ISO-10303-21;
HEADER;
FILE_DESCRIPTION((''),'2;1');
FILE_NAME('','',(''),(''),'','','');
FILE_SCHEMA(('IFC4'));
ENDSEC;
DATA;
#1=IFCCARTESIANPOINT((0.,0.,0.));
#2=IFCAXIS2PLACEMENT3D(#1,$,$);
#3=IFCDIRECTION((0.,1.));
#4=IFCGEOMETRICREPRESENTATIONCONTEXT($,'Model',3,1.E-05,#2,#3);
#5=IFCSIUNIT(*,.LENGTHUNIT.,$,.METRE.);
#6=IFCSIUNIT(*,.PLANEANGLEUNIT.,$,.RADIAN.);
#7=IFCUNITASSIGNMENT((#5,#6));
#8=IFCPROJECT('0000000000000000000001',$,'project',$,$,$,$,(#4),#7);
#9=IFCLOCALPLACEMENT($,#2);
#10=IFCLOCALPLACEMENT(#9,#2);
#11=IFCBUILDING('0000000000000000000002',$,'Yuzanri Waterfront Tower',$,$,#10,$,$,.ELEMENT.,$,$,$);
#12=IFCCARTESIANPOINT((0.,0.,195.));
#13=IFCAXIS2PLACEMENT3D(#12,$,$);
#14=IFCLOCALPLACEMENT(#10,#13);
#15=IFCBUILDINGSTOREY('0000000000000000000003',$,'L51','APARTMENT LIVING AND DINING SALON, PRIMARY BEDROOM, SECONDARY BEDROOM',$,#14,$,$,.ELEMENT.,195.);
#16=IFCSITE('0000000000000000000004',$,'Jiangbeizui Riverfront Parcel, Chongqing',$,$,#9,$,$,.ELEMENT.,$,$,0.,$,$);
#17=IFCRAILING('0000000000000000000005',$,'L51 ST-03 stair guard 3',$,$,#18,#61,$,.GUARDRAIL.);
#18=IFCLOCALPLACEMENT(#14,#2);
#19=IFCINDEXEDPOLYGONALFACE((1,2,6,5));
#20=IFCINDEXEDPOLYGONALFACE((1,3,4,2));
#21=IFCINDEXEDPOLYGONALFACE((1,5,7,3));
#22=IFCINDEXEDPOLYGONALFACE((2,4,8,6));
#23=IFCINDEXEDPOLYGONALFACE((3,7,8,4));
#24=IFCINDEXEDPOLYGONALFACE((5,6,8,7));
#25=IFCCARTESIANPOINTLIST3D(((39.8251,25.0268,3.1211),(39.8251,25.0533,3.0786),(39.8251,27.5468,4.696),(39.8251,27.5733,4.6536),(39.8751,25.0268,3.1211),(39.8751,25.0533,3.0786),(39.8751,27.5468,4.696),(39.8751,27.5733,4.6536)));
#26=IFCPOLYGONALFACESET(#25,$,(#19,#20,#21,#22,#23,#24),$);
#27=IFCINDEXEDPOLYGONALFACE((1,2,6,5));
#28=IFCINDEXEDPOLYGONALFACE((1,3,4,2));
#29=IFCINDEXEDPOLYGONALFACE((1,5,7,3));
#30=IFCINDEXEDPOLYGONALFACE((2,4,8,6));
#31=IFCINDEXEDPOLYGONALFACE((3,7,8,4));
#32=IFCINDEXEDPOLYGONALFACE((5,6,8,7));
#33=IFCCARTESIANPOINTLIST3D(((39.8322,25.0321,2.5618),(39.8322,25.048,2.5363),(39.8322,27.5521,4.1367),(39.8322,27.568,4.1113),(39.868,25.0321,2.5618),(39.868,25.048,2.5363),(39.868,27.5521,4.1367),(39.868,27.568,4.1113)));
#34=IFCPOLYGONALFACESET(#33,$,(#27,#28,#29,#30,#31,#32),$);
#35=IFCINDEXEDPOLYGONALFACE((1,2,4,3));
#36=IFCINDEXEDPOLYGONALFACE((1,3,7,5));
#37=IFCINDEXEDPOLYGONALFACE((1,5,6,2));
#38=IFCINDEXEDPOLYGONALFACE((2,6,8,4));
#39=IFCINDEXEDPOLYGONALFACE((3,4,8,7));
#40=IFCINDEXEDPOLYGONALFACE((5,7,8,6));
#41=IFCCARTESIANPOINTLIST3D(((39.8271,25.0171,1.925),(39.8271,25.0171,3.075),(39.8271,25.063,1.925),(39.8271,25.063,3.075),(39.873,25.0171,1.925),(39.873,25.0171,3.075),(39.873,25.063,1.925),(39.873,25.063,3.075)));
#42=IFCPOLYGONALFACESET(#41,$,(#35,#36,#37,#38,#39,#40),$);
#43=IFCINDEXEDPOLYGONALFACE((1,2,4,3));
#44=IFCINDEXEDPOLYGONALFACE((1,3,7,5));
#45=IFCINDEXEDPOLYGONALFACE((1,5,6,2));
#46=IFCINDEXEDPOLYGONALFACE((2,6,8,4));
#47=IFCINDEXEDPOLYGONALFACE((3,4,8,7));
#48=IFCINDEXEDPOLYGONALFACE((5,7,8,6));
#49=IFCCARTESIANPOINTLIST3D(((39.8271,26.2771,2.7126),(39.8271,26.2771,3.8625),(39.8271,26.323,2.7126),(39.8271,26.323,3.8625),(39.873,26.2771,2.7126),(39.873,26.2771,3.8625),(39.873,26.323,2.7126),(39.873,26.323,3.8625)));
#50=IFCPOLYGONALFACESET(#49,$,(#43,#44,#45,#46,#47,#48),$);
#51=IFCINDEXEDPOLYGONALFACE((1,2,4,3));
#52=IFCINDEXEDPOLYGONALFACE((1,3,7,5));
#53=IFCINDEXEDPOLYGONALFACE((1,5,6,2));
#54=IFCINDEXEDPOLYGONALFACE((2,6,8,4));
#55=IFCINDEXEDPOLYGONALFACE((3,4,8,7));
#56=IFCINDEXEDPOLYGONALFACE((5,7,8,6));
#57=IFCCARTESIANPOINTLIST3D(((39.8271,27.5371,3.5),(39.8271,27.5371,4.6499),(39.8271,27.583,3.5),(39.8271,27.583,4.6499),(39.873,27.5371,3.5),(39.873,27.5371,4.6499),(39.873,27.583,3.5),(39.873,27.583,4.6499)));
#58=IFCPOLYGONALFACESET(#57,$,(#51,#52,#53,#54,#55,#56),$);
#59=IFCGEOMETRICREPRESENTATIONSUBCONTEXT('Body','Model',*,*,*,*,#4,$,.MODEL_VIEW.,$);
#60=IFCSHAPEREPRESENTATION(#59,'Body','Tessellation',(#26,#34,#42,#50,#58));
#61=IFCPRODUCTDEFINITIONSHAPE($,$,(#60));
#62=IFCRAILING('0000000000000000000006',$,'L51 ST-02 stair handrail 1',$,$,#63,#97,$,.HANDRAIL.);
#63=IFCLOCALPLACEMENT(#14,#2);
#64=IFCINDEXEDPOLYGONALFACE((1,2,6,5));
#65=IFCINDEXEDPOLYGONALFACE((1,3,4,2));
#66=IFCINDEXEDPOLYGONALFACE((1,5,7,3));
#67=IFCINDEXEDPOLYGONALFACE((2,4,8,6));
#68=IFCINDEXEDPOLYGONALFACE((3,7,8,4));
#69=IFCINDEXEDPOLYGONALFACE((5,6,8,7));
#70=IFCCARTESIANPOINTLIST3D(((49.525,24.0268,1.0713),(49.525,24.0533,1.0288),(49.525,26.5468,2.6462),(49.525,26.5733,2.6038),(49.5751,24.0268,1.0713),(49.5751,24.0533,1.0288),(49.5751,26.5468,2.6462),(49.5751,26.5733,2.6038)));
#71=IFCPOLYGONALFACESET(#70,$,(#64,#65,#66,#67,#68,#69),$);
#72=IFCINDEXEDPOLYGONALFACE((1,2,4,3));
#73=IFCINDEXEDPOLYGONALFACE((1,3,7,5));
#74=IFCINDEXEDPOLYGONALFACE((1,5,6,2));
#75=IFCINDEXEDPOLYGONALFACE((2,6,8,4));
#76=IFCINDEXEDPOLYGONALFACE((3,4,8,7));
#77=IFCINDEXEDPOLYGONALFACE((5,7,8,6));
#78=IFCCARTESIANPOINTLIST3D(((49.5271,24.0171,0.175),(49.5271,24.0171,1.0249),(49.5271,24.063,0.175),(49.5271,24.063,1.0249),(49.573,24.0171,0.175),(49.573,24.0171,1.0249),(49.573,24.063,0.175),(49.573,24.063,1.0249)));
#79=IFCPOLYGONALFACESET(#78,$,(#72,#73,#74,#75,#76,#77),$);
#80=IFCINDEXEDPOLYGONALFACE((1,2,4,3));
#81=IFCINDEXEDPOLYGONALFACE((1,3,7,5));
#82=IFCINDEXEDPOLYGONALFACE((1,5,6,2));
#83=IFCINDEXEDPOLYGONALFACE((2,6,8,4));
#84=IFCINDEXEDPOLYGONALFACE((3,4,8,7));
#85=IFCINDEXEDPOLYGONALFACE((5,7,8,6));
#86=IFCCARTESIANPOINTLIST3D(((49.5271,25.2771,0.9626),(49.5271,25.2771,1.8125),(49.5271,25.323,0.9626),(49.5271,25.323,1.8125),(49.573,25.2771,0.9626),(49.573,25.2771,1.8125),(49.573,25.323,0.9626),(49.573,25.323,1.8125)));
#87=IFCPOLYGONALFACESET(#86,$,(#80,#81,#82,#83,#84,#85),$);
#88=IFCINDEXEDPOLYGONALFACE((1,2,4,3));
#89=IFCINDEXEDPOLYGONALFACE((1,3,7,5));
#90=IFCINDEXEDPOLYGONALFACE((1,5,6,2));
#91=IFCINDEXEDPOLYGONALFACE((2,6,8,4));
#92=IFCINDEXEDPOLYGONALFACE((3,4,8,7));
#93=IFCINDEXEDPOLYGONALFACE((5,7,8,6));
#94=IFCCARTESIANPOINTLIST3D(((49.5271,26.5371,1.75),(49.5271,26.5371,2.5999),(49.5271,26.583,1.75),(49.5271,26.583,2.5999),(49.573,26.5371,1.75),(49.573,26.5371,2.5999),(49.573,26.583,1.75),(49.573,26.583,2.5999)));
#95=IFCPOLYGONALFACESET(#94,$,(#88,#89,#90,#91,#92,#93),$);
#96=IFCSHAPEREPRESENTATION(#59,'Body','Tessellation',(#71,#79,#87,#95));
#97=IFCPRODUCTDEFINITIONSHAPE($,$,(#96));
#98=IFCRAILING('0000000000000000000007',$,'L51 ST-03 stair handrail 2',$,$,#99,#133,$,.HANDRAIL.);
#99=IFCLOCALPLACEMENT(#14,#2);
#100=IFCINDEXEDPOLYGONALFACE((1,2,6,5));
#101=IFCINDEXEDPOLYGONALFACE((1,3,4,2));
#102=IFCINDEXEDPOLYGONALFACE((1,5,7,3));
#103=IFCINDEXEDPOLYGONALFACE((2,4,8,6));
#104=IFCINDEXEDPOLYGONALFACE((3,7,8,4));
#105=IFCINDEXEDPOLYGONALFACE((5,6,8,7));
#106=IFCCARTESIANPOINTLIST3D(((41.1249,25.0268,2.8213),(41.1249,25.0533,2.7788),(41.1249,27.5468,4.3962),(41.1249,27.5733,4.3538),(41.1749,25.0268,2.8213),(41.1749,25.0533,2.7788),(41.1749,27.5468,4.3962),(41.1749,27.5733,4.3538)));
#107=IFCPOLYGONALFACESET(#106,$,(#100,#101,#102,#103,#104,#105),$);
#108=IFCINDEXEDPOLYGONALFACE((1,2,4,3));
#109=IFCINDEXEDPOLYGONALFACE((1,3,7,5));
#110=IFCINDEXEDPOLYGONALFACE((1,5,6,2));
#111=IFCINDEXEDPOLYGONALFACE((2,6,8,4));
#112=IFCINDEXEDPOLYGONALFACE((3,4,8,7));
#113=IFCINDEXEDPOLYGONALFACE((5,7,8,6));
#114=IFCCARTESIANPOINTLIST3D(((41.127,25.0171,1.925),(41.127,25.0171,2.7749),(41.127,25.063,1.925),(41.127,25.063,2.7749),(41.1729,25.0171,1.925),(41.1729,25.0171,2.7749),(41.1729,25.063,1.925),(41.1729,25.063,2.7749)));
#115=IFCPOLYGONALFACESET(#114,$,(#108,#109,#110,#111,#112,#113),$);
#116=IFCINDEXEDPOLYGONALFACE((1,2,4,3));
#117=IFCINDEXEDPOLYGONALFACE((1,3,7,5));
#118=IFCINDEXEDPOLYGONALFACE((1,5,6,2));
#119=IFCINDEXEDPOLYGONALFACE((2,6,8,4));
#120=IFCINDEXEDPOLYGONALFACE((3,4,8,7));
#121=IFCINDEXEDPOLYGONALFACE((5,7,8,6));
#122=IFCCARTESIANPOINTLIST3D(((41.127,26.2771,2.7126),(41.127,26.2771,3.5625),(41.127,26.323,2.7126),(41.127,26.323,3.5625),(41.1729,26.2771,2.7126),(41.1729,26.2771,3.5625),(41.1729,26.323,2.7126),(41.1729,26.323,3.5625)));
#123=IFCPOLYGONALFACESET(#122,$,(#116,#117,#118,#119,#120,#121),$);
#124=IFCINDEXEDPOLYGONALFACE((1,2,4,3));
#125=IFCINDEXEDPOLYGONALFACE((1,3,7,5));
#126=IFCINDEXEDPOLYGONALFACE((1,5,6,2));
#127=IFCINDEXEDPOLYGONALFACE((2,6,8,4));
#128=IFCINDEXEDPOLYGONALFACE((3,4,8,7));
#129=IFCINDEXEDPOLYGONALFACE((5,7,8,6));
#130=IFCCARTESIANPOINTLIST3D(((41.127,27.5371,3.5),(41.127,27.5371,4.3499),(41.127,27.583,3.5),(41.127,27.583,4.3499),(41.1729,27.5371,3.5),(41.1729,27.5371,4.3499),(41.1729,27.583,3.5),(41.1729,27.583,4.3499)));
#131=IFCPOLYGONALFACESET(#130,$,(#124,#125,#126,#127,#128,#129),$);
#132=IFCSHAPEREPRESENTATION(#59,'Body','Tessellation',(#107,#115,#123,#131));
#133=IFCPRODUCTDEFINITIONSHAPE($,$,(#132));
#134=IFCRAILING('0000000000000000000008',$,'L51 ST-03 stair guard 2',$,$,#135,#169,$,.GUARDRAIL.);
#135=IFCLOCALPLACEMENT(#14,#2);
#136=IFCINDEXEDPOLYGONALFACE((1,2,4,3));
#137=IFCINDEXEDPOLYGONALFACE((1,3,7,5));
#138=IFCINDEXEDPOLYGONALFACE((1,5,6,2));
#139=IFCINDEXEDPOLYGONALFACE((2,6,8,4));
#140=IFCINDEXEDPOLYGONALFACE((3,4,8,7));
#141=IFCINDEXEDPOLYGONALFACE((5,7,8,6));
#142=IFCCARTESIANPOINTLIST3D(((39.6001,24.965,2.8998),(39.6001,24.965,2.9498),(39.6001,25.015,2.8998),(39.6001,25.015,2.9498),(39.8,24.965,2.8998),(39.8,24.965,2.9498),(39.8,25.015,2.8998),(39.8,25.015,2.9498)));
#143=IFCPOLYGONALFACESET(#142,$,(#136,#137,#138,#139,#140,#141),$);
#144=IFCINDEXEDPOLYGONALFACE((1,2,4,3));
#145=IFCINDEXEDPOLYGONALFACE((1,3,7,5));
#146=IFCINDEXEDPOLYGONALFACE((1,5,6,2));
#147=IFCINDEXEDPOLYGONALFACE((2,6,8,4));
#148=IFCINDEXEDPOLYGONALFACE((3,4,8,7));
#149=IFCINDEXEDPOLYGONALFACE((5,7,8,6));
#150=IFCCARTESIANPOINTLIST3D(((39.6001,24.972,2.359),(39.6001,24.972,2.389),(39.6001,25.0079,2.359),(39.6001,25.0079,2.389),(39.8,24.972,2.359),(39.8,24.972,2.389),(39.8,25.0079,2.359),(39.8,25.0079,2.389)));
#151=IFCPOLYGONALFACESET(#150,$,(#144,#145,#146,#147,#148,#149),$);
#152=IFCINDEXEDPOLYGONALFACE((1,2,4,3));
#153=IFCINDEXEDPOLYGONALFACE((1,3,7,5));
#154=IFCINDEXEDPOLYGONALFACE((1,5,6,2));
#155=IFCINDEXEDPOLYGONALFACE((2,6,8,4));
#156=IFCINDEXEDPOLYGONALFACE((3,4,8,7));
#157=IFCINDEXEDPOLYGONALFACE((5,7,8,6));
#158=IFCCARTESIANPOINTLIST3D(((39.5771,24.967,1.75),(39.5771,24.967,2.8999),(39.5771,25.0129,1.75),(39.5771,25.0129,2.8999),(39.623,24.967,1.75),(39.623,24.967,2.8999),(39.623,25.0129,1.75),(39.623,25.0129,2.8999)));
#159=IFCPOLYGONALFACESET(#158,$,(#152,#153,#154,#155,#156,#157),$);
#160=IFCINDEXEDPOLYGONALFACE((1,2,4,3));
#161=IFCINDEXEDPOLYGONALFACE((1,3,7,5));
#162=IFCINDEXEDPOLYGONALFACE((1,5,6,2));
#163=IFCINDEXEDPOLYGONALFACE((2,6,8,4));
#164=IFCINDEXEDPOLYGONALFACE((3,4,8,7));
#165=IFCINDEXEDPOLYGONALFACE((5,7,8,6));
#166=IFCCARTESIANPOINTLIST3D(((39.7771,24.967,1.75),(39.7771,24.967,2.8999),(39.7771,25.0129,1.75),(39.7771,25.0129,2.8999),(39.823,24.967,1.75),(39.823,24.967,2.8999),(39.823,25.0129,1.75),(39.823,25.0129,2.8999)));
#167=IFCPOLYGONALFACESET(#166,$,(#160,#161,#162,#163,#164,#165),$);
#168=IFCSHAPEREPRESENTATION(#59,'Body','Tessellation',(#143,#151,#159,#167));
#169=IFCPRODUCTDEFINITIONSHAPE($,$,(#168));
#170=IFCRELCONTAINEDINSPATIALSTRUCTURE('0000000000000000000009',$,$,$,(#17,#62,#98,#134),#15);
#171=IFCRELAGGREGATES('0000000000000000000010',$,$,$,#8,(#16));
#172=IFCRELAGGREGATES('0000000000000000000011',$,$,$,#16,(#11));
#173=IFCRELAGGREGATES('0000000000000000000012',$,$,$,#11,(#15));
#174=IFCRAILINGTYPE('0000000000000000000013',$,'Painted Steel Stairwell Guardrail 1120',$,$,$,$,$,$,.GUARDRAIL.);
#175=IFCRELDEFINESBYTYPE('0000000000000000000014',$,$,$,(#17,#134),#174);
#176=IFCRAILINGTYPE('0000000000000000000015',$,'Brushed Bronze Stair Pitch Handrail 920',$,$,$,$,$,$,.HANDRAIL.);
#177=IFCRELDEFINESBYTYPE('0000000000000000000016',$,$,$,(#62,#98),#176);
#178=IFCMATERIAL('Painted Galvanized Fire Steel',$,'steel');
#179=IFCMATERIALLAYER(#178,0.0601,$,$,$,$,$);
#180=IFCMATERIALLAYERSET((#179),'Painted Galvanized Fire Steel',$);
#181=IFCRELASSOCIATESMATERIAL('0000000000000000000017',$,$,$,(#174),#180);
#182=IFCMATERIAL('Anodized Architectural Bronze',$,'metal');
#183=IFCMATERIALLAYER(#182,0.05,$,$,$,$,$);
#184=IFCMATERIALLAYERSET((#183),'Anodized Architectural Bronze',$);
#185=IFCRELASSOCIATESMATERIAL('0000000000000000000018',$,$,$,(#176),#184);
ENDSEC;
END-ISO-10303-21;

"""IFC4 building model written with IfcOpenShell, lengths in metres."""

from ifc_helpers import new_model, si_unit, direction, frame, origin, origin_2d, place, context, subcontext, project, spatial, rectangle, extrude, source, transform, mapped, material, layer, layer_set, type_object, element, save


model = new_model("IFC4")

# Units and contexts
model_context = context("Model", 3, precision=1e-05, world=origin(), true_north=direction((0.0, 1.0)))
body_context = subcontext(model_context, "Body", "Model", "MODEL_VIEW")
ifc_project = project(units=[si_unit("LENGTHUNIT", "METRE"), si_unit("PLANEANGLEUNIT", "RADIAN")], contexts=[model_context])

# Site, building, storey
site_placement = place(None, origin())
site = spatial("IfcSite", under=ifc_project, at=site_placement, Name="Jiangbeizui Riverfront Parcel, Chongqing", CompositionType="ELEMENT", RefElevation=0.0)
building_placement = place(site_placement, origin())
building = spatial("IfcBuilding", under=site, at=building_placement, Name="Yuzanri Waterfront Tower", CompositionType="ELEMENT")
storey_placement = place(building_placement, frame((0.0, 0.0, 195.0)))
storey = spatial("IfcBuildingStorey", under=building, at=storey_placement, Name="L51", Description="APARTMENT LIVING AND DINING SALON, PRIMARY BEDROOM, SECONDARY BEDROOM", CompositionType="ELEMENT", Elevation=195.0)

# Railings
ifc_material_1 = material(Name="Painted Galvanized Fire Steel", Category="steel")
ifc_layer_1 = layer(ifc_material_1, 0.0601)
ifc_layer_set_1 = layer_set([ifc_layer_1], Name="Painted Galvanized Fire Steel")
railing_type_1 = type_object("IfcRailingType", Name="Painted Steel Stairwell Guardrail 1120", PredefinedType="GUARDRAIL", material=ifc_layer_set_1)
shared_shape_1 = source(origin(), body_context, "Body", "SweptSolid", [
    extrude(rectangle(XDim=0.05, YDim=0.05, at=origin_2d()), frame((0.0, 0.0, 1.1748), z_axis=(0.0, 0.848008, 0.529984), x_axis=(-1.0, 0.0, 0.0)), (0.0, 0.0, 1.0), 2.9717),
    extrude(rectangle(XDim=0.0359, YDim=0.03, at=origin_2d()), frame((0.0, 0.0, 0.624), z_axis=(0.0, 0.848008, 0.529984), x_axis=(-1.0, 0.0, 0.0)), (0.0, 0.0, 1.0), 2.9717),
    extrude(rectangle(XDim=0.0459, YDim=0.0459, at=origin_2d()), origin(), (0.0, 0.0, 1.0), 1.1499),
    extrude(rectangle(XDim=0.0459, YDim=0.0459, at=origin_2d()), frame((0.0, 1.26, 0.7876)), (0.0, 0.0, 1.0), 1.1499),
    extrude(rectangle(XDim=0.0459, YDim=0.0459, at=origin_2d()), frame((0.0, 2.52, 1.575)), (0.0, 0.0, 1.0), 1.1499),
])
for number, where, name in (
    (1, (39.8501, 25.04, 1.925), "L51 ST-03 stair guard 3"),
):
    element("IfcRailing", number, at=place(storey_placement, frame(where)), inside=storey, type_object=railing_type_1, Name=name, PredefinedType="GUARDRAIL", context=body_context, shape_type="MappedRepresentation", body=[
        mapped(shared_shape_1, transform((0.0, 0.0, 0.0), scale=1.0)),
    ])
ifc_material_2 = material(Name="Anodized Architectural Bronze", Category="metal")
ifc_layer_2 = layer(ifc_material_2, 0.05)
ifc_layer_set_2 = layer_set([ifc_layer_2], Name="Anodized Architectural Bronze")
railing_type_2 = type_object("IfcRailingType", Name="Brushed Bronze Stair Pitch Handrail 920", PredefinedType="HANDRAIL", material=ifc_layer_set_2)
shared_shape_2 = source(origin(), body_context, "Body", "SweptSolid", [
    extrude(rectangle(XDim=0.05, YDim=0.05, at=origin_2d()), frame((0.0, 0.0, 0.875), z_axis=(0.0, 0.848008, 0.529984), x_axis=(-1.0, 0.0, 0.0)), (0.0, 0.0, 1.0), 2.9717),
    extrude(rectangle(XDim=0.0459, YDim=0.0459, at=origin_2d()), origin(), (0.0, 0.0, 1.0), 0.8499),
    extrude(rectangle(XDim=0.0459, YDim=0.0459, at=origin_2d()), frame((0.0, 1.26, 0.7876)), (0.0, 0.0, 1.0), 0.8499),
    extrude(rectangle(XDim=0.0459, YDim=0.0459, at=origin_2d()), frame((0.0, 2.52, 1.575)), (0.0, 0.0, 1.0), 0.8499),
])
for number, where, name in (
    (2, (49.55, 24.04, 0.175), "L51 ST-02 stair handrail 1"),
    (3, (41.1499, 25.04, 1.925), "L51 ST-03 stair handrail 2"),
):
    element("IfcRailing", number, at=place(storey_placement, frame(where)), inside=storey, type_object=railing_type_2, Name=name, PredefinedType="HANDRAIL", context=body_context, shape_type="MappedRepresentation", body=[
        mapped(shared_shape_2, transform((0.0, 0.0, 0.0), scale=1.0)),
    ])
shared_shape_3 = source(origin(), body_context, "Body", "SweptSolid", [
    extrude(rectangle(XDim=0.05, YDim=0.05, at=origin_2d()), frame((0.0, 0.0, 1.1748), z_axis=(1.0, 0.0, 0.0), x_axis=(0.0, 1.0, 0.0)), (0.0, 0.0, 1.0), 0.2),
    extrude(rectangle(XDim=0.0359, YDim=0.03, at=origin_2d()), frame((0.0, 0.0, 0.624), z_axis=(1.0, 0.0, 0.0), x_axis=(0.0, 1.0, 0.0)), (0.0, 0.0, 1.0), 0.2),
    extrude(rectangle(XDim=0.0459, YDim=0.0459, at=origin_2d()), origin(), (0.0, 0.0, 1.0), 1.1499),
    extrude(rectangle(XDim=0.0459, YDim=0.0459, at=origin_2d()), frame((0.2, 0.0, 0.0)), (0.0, 0.0, 1.0), 1.1499),
])
railing_1_placement = place(storey_placement, frame((39.6001, 24.99, 1.75)))
element("IfcRailing", 4, at=railing_1_placement, inside=storey, type_object=railing_type_1, Name="L51 ST-03 stair guard 2", PredefinedType="GUARDRAIL", context=body_context, shape_type="MappedRepresentation", body=[
    mapped(shared_shape_3, transform((0.0, 0.0, 0.0), scale=1.0)),
])

save(model, "model.ifc")
